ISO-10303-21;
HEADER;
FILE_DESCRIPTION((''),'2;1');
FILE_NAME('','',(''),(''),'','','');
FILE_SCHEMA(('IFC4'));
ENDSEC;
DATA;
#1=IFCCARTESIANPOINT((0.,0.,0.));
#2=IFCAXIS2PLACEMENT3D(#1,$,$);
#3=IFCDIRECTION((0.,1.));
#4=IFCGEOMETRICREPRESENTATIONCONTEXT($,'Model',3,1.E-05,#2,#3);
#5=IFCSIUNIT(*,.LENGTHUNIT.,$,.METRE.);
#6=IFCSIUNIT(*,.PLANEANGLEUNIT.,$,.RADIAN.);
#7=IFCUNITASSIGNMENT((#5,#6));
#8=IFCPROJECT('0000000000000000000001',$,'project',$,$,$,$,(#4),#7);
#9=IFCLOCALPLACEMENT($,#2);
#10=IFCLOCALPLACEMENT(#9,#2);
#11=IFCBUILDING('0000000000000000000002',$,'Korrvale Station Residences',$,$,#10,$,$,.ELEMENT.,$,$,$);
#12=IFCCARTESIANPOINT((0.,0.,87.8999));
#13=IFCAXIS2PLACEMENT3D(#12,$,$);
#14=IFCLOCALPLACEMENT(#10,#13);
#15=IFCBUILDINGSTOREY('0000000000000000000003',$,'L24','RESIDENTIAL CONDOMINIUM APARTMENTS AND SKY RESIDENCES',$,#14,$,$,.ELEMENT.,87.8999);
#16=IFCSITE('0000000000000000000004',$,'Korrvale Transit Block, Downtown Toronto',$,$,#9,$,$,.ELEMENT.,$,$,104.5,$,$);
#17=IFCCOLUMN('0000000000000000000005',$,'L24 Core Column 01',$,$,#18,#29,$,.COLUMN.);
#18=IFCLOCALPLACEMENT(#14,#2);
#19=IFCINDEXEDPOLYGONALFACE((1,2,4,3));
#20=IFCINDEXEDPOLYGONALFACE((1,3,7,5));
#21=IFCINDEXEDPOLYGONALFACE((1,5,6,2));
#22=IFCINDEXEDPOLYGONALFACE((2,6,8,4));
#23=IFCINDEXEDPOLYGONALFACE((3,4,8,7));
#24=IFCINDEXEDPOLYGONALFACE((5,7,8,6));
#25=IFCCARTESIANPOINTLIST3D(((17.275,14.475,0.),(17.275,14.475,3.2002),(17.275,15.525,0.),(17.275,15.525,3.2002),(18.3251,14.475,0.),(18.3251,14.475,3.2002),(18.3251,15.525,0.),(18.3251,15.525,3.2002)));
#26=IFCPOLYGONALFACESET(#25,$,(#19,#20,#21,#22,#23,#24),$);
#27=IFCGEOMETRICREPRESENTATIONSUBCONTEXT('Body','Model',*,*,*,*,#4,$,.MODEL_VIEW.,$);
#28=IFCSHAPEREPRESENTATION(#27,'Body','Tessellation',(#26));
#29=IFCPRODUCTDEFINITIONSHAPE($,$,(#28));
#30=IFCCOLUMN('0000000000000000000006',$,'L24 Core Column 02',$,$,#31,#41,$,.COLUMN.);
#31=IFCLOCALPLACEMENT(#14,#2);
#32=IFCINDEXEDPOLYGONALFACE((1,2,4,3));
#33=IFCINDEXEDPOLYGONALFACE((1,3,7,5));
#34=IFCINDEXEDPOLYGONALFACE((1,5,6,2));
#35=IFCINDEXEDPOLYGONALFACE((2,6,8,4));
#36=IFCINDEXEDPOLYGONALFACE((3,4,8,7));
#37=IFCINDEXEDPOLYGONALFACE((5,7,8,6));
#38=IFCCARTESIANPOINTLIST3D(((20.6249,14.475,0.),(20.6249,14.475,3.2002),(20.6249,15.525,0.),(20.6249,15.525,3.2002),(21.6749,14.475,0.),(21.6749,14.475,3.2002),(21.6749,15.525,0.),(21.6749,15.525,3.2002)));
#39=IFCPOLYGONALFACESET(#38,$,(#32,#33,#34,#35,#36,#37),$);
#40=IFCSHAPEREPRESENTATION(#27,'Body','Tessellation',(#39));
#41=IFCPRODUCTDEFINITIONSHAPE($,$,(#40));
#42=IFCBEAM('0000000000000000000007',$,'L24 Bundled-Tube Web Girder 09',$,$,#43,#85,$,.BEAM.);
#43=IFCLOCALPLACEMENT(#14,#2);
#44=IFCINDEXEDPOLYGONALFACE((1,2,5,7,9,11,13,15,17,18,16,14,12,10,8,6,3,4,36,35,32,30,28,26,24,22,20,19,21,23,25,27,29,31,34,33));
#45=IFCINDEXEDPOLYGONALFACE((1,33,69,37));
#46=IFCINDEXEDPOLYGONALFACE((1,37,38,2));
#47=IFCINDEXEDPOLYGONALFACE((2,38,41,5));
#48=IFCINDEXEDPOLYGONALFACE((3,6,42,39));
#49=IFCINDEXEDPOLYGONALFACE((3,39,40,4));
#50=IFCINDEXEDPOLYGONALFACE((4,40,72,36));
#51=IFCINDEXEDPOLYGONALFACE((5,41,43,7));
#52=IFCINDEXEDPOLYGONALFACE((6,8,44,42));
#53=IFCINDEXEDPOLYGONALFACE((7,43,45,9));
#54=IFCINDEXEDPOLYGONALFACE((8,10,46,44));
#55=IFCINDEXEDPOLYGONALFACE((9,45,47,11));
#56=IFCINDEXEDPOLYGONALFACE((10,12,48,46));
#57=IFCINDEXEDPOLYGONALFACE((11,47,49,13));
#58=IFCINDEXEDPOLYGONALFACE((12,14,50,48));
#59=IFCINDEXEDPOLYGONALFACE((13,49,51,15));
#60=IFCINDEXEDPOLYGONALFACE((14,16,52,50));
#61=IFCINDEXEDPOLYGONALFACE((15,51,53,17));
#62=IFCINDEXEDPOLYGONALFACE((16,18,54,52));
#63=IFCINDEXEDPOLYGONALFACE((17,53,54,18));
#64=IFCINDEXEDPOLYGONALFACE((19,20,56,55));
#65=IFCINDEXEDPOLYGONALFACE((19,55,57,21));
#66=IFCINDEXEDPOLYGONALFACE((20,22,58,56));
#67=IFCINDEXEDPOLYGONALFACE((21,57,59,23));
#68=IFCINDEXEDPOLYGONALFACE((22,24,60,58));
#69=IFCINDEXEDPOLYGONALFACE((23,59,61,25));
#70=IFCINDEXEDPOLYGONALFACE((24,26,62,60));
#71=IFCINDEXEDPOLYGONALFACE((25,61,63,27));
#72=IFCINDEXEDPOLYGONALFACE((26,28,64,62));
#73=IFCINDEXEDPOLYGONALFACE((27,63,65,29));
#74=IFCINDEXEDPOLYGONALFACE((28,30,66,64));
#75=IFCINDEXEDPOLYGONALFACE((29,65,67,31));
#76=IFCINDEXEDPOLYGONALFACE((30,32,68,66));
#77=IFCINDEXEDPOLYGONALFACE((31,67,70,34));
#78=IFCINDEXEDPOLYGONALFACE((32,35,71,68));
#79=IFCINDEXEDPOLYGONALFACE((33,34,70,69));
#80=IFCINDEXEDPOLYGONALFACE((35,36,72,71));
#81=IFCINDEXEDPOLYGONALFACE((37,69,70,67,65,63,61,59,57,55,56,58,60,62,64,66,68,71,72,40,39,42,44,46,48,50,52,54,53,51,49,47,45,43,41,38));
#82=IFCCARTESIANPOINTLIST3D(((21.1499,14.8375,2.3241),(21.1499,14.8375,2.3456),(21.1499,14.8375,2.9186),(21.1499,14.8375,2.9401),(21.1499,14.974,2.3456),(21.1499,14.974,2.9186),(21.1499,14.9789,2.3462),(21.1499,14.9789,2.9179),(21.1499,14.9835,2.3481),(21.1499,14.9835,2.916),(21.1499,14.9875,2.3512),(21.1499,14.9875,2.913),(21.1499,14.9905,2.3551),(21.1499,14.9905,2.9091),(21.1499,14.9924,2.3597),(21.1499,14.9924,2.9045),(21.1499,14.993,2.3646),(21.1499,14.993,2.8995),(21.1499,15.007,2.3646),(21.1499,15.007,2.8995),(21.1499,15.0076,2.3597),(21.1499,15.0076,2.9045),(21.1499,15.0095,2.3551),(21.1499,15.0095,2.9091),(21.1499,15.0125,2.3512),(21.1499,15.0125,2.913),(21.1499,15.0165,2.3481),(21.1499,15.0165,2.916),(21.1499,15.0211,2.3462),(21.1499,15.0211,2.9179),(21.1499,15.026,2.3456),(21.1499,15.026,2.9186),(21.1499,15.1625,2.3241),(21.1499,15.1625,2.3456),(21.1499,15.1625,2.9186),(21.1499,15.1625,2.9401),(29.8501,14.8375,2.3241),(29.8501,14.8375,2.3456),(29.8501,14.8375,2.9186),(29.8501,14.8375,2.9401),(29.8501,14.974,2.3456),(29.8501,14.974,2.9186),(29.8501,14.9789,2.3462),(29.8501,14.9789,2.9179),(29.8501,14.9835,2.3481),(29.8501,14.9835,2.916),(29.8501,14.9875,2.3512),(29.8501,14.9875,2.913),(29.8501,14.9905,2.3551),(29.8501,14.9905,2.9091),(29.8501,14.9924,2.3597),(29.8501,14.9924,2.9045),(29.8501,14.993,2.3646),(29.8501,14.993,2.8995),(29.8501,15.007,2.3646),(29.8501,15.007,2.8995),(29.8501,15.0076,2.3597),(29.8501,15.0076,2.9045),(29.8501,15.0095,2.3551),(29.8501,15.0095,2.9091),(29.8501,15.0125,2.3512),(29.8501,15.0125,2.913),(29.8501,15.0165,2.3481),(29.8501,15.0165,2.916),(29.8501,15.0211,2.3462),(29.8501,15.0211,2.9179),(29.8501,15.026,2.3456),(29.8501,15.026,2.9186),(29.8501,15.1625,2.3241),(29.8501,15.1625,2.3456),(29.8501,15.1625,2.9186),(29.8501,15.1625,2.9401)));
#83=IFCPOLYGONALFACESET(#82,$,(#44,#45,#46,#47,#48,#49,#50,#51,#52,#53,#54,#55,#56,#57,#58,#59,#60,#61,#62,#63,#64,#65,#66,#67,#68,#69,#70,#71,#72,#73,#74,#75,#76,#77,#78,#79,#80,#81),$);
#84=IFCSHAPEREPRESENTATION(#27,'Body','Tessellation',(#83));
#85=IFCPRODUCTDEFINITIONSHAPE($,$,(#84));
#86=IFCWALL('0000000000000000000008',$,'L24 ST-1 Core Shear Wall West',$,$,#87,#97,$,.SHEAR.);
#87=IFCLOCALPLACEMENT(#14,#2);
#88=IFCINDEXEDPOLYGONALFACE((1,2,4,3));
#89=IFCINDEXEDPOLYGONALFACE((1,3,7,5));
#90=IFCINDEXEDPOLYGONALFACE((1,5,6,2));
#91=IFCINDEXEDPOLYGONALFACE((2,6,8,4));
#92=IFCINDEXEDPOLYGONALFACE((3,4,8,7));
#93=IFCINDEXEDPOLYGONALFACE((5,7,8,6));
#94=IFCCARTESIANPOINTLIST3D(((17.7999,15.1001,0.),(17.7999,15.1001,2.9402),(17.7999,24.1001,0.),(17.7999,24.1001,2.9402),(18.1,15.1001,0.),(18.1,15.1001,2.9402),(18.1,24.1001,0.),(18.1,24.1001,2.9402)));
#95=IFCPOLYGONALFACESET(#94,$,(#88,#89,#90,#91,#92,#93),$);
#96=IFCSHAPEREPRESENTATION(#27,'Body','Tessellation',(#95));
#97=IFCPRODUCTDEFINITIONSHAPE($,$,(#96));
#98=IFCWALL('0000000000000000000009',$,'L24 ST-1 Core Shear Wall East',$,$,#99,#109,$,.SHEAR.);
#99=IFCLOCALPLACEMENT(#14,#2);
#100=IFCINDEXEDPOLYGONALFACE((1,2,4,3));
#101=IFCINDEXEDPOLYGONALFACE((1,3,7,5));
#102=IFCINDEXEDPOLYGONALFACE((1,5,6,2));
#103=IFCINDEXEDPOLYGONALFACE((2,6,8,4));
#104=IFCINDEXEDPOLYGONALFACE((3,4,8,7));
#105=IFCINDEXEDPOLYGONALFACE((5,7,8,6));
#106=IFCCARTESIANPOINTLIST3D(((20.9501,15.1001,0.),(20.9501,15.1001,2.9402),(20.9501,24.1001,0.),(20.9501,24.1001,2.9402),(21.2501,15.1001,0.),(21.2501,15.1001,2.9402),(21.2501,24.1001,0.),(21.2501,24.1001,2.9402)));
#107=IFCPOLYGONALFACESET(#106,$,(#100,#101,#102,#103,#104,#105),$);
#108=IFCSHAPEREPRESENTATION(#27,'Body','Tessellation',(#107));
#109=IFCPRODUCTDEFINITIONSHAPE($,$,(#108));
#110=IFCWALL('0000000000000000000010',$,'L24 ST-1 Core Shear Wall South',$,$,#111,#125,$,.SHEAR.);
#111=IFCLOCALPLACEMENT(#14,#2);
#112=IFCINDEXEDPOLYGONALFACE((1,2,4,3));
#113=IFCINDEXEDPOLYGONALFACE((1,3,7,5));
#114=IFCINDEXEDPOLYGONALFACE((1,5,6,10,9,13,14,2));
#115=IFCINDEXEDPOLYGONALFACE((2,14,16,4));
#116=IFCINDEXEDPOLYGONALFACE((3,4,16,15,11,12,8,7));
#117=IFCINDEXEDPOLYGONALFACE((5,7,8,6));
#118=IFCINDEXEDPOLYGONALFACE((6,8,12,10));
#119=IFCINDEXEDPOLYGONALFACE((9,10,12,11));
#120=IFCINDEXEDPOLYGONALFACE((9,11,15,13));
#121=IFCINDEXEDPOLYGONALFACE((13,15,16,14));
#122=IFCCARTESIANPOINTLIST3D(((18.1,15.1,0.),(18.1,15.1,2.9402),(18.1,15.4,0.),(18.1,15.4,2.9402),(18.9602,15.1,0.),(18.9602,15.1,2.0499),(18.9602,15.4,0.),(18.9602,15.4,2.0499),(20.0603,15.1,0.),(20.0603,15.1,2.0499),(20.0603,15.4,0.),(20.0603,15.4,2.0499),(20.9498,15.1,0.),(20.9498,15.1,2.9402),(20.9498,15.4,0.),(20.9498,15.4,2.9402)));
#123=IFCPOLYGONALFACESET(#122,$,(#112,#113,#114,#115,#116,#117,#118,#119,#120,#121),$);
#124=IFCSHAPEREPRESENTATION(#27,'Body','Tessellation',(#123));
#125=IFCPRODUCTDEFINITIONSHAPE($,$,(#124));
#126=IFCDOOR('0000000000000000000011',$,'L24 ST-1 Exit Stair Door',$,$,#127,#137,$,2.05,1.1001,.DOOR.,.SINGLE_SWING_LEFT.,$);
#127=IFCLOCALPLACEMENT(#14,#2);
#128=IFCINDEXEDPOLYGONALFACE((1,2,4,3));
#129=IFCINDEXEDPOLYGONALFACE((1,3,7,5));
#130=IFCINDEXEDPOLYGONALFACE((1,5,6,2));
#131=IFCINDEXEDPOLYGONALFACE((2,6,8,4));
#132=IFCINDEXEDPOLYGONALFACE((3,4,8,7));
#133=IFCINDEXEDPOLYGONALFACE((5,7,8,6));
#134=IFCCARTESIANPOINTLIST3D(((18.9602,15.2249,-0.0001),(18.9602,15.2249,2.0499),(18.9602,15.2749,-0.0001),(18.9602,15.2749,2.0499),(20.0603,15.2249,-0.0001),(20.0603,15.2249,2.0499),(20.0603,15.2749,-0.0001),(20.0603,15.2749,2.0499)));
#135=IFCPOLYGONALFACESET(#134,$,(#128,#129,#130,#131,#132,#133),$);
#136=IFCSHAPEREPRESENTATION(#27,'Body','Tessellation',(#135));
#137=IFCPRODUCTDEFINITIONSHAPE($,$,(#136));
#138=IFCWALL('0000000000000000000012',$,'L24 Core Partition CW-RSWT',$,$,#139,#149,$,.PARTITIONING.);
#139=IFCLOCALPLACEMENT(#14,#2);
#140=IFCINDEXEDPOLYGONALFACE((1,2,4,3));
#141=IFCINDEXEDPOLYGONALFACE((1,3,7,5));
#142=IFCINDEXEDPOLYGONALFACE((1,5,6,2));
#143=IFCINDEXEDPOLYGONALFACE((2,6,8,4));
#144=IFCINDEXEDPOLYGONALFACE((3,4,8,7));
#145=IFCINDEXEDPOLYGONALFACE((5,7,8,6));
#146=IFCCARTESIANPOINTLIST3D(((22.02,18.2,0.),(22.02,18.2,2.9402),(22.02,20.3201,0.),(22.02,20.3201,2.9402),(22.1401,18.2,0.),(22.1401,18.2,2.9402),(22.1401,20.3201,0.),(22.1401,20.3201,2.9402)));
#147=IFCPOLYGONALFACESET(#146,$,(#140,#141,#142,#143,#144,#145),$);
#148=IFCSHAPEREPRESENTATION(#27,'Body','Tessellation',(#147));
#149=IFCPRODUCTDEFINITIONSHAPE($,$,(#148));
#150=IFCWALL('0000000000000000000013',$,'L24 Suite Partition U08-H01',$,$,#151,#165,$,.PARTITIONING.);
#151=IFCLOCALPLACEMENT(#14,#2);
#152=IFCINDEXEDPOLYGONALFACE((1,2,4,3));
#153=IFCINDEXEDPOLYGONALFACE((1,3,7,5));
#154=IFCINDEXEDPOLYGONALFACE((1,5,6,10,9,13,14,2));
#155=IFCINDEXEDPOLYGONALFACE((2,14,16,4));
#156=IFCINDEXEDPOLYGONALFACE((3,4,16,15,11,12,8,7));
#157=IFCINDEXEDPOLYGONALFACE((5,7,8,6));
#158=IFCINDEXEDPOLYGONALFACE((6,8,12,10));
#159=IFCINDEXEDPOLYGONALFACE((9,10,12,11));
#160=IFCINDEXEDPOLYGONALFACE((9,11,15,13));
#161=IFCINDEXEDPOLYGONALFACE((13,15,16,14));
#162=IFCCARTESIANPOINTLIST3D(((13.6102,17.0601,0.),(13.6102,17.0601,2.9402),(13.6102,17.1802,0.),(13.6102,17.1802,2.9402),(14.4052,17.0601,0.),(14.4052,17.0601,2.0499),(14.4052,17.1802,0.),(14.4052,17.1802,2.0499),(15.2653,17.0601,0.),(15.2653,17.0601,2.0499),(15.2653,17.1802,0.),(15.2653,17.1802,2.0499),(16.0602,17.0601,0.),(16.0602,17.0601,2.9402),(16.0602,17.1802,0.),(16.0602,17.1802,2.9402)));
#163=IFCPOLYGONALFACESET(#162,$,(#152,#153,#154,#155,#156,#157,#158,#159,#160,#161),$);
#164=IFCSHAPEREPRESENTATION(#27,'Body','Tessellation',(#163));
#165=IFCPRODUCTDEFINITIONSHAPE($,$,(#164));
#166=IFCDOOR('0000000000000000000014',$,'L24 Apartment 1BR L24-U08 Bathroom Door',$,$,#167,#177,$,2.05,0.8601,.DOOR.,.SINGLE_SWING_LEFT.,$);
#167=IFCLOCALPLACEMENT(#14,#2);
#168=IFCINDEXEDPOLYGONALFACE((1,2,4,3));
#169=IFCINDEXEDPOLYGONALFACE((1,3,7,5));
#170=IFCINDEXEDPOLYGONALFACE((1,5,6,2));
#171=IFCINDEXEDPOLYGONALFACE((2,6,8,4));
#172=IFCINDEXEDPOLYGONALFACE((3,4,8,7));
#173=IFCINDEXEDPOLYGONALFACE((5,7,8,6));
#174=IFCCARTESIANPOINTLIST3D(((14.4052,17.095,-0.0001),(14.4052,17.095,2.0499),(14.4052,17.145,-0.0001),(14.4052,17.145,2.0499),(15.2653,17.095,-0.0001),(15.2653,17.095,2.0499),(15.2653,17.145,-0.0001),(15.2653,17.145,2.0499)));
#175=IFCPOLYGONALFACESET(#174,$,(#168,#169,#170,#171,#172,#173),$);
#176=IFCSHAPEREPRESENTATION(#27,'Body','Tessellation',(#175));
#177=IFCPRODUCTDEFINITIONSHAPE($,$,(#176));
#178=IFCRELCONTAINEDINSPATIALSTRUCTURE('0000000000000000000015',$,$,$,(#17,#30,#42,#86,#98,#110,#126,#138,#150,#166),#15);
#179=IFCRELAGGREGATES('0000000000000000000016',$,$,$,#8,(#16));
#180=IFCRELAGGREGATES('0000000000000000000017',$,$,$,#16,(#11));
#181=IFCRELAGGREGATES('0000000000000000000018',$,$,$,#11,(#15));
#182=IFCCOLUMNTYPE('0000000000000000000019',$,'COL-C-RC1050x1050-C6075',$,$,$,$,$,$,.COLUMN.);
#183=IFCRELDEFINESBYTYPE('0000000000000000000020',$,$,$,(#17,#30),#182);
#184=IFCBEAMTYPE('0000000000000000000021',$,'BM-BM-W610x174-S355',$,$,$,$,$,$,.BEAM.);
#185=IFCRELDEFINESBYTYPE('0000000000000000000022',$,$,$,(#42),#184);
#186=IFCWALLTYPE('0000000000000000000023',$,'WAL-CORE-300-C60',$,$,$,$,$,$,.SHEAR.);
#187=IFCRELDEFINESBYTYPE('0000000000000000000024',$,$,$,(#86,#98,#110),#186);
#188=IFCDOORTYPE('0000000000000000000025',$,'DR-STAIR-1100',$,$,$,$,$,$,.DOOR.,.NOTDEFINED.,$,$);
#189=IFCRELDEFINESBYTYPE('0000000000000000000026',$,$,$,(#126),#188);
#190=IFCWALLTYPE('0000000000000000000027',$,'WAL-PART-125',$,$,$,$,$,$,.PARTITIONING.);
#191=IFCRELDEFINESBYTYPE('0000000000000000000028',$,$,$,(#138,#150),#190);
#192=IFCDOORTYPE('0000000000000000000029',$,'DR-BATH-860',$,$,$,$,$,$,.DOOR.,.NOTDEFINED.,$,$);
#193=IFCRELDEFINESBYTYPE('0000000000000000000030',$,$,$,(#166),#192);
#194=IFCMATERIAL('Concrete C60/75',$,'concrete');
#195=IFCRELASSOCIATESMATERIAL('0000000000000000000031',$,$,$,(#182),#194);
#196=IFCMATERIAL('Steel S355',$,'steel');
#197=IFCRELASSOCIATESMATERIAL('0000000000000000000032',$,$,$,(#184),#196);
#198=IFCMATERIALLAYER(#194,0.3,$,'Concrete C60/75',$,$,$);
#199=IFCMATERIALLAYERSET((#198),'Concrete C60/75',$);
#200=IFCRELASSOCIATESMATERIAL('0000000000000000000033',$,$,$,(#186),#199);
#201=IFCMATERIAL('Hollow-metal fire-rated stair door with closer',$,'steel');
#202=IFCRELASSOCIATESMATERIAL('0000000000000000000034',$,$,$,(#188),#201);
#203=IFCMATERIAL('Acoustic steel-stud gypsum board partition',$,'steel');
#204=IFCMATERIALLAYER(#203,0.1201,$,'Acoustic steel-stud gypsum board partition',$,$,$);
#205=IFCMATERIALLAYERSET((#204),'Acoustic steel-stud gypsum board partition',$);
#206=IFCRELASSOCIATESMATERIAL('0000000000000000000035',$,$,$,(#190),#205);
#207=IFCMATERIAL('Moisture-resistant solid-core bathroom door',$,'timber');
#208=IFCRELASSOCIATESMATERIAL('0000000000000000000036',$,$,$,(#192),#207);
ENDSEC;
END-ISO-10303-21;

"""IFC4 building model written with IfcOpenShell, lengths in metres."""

from ifc_helpers import new_model, si_unit, direction, frame, frame_2d, origin, origin_2d, place, context, subcontext, project, spatial, rectangle, i_section, extrude, material, layer, layer_set, material_profile, profile_set, type_object, element, fill, save


model = new_model("IFC4")

# Units and contexts
model_context = context("Model", 3, precision=1e-05, world=origin(), true_north=direction((0.0, 1.0)))
body_context = subcontext(model_context, "Body", "Model", "MODEL_VIEW")
ifc_project = project(units=[si_unit("LENGTHUNIT", "METRE"), si_unit("PLANEANGLEUNIT", "RADIAN")], contexts=[model_context])

# Site, building, storey
site_placement = place(None, origin())
site = spatial("IfcSite", under=ifc_project, at=site_placement, Name="Korrvale Transit Block, Downtown Toronto", CompositionType="ELEMENT", RefElevation=104.5)
building_placement = place(site_placement, origin())
building = spatial("IfcBuilding", under=site, at=building_placement, Name="Korrvale Station Residences", CompositionType="ELEMENT")
storey_placement = place(building_placement, frame((0.0, 0.0, 87.8999)))
storey = spatial("IfcBuildingStorey", under=building, at=storey_placement, Name="L24", Description="RESIDENTIAL CONDOMINIUM APARTMENTS AND SKY RESIDENCES", CompositionType="ELEMENT", Elevation=87.8999)

# Columns
ifc_material_1 = material(Name="Concrete C60/75", Category="concrete")
ifc_material_profile_1 = material_profile(ifc_material_1, rectangle(XDim=1.05, YDim=1.05, at=origin_2d()), Name="RC1050x1050")
ifc_profile_set_1 = profile_set([ifc_material_profile_1], Name="Concrete C60/75")
column_type = type_object("IfcColumnType", Name="COL-C-RC1050x1050-C6075", PredefinedType="COLUMN", material=ifc_profile_set_1)
for number, where, z_axis, x_axis, name in (
    (1, (17.8, 15.0, 0.0), (0.0, 0.0, 1.0), (1.0, 0.0, 0.0), "L24 Core Column 01"),
    (2, (21.1499, 15.0, 0.0), (0.0, 0.0, 1.0), (1.0, 0.0, 0.0), "L24 Core Column 02"),
):
    element("IfcColumn", number, at=place(storey_placement, frame(where, z_axis=z_axis, x_axis=x_axis)), inside=storey, type_object=column_type, Name=name, PredefinedType="COLUMN", context=body_context, shape_type="SweptSolid", body=[
        extrude(rectangle(XDim=1.05, YDim=1.05, at=origin_2d()), origin(), (0.0, 0.0, 1.0), 3.2002),
    ])

# Beam
ifc_material_2 = material(Name="Steel S355", Category="steel")
ifc_material_profile_2 = material_profile(ifc_material_2, i_section(OverallWidth=0.325, OverallDepth=0.616, WebThickness=0.0139, FlangeThickness=0.0215, FilletRadius=0.019, at=origin_2d()), Name="W610x174")
ifc_profile_set_2 = profile_set([ifc_material_profile_2], Name="Steel S355")
beam_type = type_object("IfcBeamType", Name="BM-BM-W610x174-S355", PredefinedType="BEAM", material=ifc_profile_set_2)
beam_placement = place(storey_placement, frame((21.1499, 15.0, 2.6321), z_axis=(1.0, 0.0, 0.0), x_axis=(0.0, 1.0, 0.0)))
element("IfcBeam", 3, at=beam_placement, inside=storey, type_object=beam_type, Name="L24 Bundled-Tube Web Girder 09", PredefinedType="BEAM", context=body_context, shape_type="SweptSolid", body=[
    extrude(i_section(OverallWidth=0.325, OverallDepth=0.616, WebThickness=0.0139, FlangeThickness=0.0215, FilletRadius=0.019, at=origin_2d()), origin(), (0.0, 0.0, 1.0), 8.7002),
])

# Walls
ifc_layer_1 = layer(ifc_material_1, 0.3, Name="Concrete C60/75")
ifc_layer_set_1 = layer_set([ifc_layer_1], Name="Concrete C60/75")
wall_type_1 = type_object("IfcWallType", Name="WAL-CORE-300-C60", PredefinedType="SHEAR", material=ifc_layer_set_1)
for number, where, z_axis, x_axis, name in (
    (4, (17.95, 15.1001, 0.0), (0.0, 0.0, 1.0), (0.0, 1.0, 0.0), "L24 ST-1 Core Shear Wall West"),
    (5, (21.1001, 15.1001, 0.0), (0.0, 0.0, 1.0), (0.0, 1.0, 0.0), "L24 ST-1 Core Shear Wall East"),
):
    element("IfcWall", number, at=place(storey_placement, frame(where, z_axis=z_axis, x_axis=x_axis)), inside=storey, type_object=wall_type_1, Name=name, PredefinedType="SHEAR", context=body_context, shape_type="SweptSolid", body=[
        extrude(rectangle(XDim=9.0, YDim=0.3, at=frame_2d((4.5, 0.0))), origin(), (0.0, 0.0, 1.0), 2.9402),
    ])

# Wall, opening, door
wall_1_placement = place(storey_placement, frame((18.1001, 15.25, 0.0), z_axis=(0.0, 0.0, 1.0), x_axis=(1.0, 0.0, 0.0)))
wall_1 = element("IfcWall", 6, at=wall_1_placement, inside=storey, type_object=wall_type_1, Name="L24 ST-1 Core Shear Wall South", PredefinedType="SHEAR", context=body_context, shape_type="SweptSolid", body=[
    extrude(rectangle(XDim=2.8499, YDim=0.3, at=frame_2d((1.4248, 0.0))), origin(), (0.0, 0.0, 1.0), 2.9402),
])
opening_1_placement = place(wall_1_placement, frame((0.8601, 0.0, 0.0)))
opening_1 = element("IfcOpeningElement", 7, at=opening_1_placement, cuts=wall_1, PredefinedType="OPENING", context=body_context, shape_type="SweptSolid", body=[
    extrude(rectangle(XDim=1.1001, YDim=2.05, at=frame_2d((0.55, 1.0249))), frame((0.0, 0.1602, 0.0), z_axis=(0.0, -1.0, 0.0), x_axis=(1.0, 0.0, 0.0)), (0.0, 0.0, 1.0), 0.3201),
])
ifc_material_3 = material(Name="Hollow-metal fire-rated stair door with closer", Category="steel")
door_type_1 = type_object("IfcDoorType", Name="DR-STAIR-1100", OperationType="NOTDEFINED", PredefinedType="DOOR", material=ifc_material_3)
door_1_placement = place(opening_1_placement, origin())
door_1 = element("IfcDoor", 8, at=door_1_placement, inside=storey, type_object=door_type_1, Name="L24 ST-1 Exit Stair Door", OperationType="SINGLE_SWING_LEFT", OverallHeight=2.05, OverallWidth=1.1001, PredefinedType="DOOR", context=body_context, shape_type="SweptSolid", body=[
    extrude(rectangle(XDim=1.1001, YDim=2.05, at=frame_2d((0.55, 1.0249))), frame((0.0, 0.0249, 0.0), z_axis=(0.0, -1.0, 0.0), x_axis=(1.0, 0.0, 0.0)), (0.0, 0.0, 1.0), 0.05),
])
fill(opening_1, door_1)

# Wall
ifc_material_4 = material(Name="Acoustic steel-stud gypsum board partition", Category="steel")
ifc_layer_2 = layer(ifc_material_4, 0.1201, Name="Acoustic steel-stud gypsum board partition")
ifc_layer_set_2 = layer_set([ifc_layer_2], Name="Acoustic steel-stud gypsum board partition")
wall_type_2 = type_object("IfcWallType", Name="WAL-PART-125", PredefinedType="PARTITIONING", material=ifc_layer_set_2)
wall_2_placement = place(storey_placement, frame((22.0801, 18.2, 0.0), z_axis=(0.0, 0.0, 1.0), x_axis=(0.0, 1.0, 0.0)))
element("IfcWall", 9, at=wall_2_placement, inside=storey, type_object=wall_type_2, Name="L24 Core Partition CW-RSWT", PredefinedType="PARTITIONING", context=body_context, shape_type="SweptSolid", body=[
    extrude(rectangle(XDim=2.1201, YDim=0.1201, at=frame_2d((1.0601, 0.0))), origin(), (0.0, 0.0, 1.0), 2.9402),
])

# Wall, opening, door
wall_3_placement = place(storey_placement, frame((13.6101, 17.1201, 0.0), z_axis=(0.0, 0.0, 1.0), x_axis=(1.0, 0.0, 0.0)))
wall_3 = element("IfcWall", 10, at=wall_3_placement, inside=storey, type_object=wall_type_2, Name="L24 Suite Partition U08-H01", PredefinedType="PARTITIONING", context=body_context, shape_type="SweptSolid", body=[
    extrude(rectangle(XDim=2.45, YDim=0.1201, at=frame_2d((1.2251, 0.0))), origin(), (0.0, 0.0, 1.0), 2.9402),
])
opening_2_placement = place(wall_3_placement, frame((0.7949, 0.0, 0.0)))
opening_2 = element("IfcOpeningElement", 11, at=opening_2_placement, cuts=wall_3, PredefinedType="OPENING", context=body_context, shape_type="SweptSolid", body=[
    extrude(rectangle(XDim=0.8601, YDim=2.05, at=frame_2d((0.4302, 1.0249))), frame((0.0, 0.0701, 0.0), z_axis=(0.0, -1.0, 0.0), x_axis=(1.0, 0.0, 0.0)), (0.0, 0.0, 1.0), 0.1401),
])
ifc_material_5 = material(Name="Moisture-resistant solid-core bathroom door", Category="timber")
door_type_2 = type_object("IfcDoorType", Name="DR-BATH-860", OperationType="NOTDEFINED", PredefinedType="DOOR", material=ifc_material_5)
door_2_placement = place(opening_2_placement, origin())
door_2 = element("IfcDoor", 12, at=door_2_placement, inside=storey, type_object=door_type_2, Name="L24 Apartment 1BR L24-U08 Bathroom Door", OperationType="SINGLE_SWING_LEFT", OverallHeight=2.05, OverallWidth=0.8601, PredefinedType="DOOR", context=body_context, shape_type="SweptSolid", body=[
    extrude(rectangle(XDim=0.8601, YDim=2.05, at=frame_2d((0.4302, 1.0249))), frame((0.0, 0.0249, 0.0), z_axis=(0.0, -1.0, 0.0), x_axis=(1.0, 0.0, 0.0)), (0.0, 0.0, 1.0), 0.05),
])
fill(opening_2, door_2)

save(model, "model.ifc")
